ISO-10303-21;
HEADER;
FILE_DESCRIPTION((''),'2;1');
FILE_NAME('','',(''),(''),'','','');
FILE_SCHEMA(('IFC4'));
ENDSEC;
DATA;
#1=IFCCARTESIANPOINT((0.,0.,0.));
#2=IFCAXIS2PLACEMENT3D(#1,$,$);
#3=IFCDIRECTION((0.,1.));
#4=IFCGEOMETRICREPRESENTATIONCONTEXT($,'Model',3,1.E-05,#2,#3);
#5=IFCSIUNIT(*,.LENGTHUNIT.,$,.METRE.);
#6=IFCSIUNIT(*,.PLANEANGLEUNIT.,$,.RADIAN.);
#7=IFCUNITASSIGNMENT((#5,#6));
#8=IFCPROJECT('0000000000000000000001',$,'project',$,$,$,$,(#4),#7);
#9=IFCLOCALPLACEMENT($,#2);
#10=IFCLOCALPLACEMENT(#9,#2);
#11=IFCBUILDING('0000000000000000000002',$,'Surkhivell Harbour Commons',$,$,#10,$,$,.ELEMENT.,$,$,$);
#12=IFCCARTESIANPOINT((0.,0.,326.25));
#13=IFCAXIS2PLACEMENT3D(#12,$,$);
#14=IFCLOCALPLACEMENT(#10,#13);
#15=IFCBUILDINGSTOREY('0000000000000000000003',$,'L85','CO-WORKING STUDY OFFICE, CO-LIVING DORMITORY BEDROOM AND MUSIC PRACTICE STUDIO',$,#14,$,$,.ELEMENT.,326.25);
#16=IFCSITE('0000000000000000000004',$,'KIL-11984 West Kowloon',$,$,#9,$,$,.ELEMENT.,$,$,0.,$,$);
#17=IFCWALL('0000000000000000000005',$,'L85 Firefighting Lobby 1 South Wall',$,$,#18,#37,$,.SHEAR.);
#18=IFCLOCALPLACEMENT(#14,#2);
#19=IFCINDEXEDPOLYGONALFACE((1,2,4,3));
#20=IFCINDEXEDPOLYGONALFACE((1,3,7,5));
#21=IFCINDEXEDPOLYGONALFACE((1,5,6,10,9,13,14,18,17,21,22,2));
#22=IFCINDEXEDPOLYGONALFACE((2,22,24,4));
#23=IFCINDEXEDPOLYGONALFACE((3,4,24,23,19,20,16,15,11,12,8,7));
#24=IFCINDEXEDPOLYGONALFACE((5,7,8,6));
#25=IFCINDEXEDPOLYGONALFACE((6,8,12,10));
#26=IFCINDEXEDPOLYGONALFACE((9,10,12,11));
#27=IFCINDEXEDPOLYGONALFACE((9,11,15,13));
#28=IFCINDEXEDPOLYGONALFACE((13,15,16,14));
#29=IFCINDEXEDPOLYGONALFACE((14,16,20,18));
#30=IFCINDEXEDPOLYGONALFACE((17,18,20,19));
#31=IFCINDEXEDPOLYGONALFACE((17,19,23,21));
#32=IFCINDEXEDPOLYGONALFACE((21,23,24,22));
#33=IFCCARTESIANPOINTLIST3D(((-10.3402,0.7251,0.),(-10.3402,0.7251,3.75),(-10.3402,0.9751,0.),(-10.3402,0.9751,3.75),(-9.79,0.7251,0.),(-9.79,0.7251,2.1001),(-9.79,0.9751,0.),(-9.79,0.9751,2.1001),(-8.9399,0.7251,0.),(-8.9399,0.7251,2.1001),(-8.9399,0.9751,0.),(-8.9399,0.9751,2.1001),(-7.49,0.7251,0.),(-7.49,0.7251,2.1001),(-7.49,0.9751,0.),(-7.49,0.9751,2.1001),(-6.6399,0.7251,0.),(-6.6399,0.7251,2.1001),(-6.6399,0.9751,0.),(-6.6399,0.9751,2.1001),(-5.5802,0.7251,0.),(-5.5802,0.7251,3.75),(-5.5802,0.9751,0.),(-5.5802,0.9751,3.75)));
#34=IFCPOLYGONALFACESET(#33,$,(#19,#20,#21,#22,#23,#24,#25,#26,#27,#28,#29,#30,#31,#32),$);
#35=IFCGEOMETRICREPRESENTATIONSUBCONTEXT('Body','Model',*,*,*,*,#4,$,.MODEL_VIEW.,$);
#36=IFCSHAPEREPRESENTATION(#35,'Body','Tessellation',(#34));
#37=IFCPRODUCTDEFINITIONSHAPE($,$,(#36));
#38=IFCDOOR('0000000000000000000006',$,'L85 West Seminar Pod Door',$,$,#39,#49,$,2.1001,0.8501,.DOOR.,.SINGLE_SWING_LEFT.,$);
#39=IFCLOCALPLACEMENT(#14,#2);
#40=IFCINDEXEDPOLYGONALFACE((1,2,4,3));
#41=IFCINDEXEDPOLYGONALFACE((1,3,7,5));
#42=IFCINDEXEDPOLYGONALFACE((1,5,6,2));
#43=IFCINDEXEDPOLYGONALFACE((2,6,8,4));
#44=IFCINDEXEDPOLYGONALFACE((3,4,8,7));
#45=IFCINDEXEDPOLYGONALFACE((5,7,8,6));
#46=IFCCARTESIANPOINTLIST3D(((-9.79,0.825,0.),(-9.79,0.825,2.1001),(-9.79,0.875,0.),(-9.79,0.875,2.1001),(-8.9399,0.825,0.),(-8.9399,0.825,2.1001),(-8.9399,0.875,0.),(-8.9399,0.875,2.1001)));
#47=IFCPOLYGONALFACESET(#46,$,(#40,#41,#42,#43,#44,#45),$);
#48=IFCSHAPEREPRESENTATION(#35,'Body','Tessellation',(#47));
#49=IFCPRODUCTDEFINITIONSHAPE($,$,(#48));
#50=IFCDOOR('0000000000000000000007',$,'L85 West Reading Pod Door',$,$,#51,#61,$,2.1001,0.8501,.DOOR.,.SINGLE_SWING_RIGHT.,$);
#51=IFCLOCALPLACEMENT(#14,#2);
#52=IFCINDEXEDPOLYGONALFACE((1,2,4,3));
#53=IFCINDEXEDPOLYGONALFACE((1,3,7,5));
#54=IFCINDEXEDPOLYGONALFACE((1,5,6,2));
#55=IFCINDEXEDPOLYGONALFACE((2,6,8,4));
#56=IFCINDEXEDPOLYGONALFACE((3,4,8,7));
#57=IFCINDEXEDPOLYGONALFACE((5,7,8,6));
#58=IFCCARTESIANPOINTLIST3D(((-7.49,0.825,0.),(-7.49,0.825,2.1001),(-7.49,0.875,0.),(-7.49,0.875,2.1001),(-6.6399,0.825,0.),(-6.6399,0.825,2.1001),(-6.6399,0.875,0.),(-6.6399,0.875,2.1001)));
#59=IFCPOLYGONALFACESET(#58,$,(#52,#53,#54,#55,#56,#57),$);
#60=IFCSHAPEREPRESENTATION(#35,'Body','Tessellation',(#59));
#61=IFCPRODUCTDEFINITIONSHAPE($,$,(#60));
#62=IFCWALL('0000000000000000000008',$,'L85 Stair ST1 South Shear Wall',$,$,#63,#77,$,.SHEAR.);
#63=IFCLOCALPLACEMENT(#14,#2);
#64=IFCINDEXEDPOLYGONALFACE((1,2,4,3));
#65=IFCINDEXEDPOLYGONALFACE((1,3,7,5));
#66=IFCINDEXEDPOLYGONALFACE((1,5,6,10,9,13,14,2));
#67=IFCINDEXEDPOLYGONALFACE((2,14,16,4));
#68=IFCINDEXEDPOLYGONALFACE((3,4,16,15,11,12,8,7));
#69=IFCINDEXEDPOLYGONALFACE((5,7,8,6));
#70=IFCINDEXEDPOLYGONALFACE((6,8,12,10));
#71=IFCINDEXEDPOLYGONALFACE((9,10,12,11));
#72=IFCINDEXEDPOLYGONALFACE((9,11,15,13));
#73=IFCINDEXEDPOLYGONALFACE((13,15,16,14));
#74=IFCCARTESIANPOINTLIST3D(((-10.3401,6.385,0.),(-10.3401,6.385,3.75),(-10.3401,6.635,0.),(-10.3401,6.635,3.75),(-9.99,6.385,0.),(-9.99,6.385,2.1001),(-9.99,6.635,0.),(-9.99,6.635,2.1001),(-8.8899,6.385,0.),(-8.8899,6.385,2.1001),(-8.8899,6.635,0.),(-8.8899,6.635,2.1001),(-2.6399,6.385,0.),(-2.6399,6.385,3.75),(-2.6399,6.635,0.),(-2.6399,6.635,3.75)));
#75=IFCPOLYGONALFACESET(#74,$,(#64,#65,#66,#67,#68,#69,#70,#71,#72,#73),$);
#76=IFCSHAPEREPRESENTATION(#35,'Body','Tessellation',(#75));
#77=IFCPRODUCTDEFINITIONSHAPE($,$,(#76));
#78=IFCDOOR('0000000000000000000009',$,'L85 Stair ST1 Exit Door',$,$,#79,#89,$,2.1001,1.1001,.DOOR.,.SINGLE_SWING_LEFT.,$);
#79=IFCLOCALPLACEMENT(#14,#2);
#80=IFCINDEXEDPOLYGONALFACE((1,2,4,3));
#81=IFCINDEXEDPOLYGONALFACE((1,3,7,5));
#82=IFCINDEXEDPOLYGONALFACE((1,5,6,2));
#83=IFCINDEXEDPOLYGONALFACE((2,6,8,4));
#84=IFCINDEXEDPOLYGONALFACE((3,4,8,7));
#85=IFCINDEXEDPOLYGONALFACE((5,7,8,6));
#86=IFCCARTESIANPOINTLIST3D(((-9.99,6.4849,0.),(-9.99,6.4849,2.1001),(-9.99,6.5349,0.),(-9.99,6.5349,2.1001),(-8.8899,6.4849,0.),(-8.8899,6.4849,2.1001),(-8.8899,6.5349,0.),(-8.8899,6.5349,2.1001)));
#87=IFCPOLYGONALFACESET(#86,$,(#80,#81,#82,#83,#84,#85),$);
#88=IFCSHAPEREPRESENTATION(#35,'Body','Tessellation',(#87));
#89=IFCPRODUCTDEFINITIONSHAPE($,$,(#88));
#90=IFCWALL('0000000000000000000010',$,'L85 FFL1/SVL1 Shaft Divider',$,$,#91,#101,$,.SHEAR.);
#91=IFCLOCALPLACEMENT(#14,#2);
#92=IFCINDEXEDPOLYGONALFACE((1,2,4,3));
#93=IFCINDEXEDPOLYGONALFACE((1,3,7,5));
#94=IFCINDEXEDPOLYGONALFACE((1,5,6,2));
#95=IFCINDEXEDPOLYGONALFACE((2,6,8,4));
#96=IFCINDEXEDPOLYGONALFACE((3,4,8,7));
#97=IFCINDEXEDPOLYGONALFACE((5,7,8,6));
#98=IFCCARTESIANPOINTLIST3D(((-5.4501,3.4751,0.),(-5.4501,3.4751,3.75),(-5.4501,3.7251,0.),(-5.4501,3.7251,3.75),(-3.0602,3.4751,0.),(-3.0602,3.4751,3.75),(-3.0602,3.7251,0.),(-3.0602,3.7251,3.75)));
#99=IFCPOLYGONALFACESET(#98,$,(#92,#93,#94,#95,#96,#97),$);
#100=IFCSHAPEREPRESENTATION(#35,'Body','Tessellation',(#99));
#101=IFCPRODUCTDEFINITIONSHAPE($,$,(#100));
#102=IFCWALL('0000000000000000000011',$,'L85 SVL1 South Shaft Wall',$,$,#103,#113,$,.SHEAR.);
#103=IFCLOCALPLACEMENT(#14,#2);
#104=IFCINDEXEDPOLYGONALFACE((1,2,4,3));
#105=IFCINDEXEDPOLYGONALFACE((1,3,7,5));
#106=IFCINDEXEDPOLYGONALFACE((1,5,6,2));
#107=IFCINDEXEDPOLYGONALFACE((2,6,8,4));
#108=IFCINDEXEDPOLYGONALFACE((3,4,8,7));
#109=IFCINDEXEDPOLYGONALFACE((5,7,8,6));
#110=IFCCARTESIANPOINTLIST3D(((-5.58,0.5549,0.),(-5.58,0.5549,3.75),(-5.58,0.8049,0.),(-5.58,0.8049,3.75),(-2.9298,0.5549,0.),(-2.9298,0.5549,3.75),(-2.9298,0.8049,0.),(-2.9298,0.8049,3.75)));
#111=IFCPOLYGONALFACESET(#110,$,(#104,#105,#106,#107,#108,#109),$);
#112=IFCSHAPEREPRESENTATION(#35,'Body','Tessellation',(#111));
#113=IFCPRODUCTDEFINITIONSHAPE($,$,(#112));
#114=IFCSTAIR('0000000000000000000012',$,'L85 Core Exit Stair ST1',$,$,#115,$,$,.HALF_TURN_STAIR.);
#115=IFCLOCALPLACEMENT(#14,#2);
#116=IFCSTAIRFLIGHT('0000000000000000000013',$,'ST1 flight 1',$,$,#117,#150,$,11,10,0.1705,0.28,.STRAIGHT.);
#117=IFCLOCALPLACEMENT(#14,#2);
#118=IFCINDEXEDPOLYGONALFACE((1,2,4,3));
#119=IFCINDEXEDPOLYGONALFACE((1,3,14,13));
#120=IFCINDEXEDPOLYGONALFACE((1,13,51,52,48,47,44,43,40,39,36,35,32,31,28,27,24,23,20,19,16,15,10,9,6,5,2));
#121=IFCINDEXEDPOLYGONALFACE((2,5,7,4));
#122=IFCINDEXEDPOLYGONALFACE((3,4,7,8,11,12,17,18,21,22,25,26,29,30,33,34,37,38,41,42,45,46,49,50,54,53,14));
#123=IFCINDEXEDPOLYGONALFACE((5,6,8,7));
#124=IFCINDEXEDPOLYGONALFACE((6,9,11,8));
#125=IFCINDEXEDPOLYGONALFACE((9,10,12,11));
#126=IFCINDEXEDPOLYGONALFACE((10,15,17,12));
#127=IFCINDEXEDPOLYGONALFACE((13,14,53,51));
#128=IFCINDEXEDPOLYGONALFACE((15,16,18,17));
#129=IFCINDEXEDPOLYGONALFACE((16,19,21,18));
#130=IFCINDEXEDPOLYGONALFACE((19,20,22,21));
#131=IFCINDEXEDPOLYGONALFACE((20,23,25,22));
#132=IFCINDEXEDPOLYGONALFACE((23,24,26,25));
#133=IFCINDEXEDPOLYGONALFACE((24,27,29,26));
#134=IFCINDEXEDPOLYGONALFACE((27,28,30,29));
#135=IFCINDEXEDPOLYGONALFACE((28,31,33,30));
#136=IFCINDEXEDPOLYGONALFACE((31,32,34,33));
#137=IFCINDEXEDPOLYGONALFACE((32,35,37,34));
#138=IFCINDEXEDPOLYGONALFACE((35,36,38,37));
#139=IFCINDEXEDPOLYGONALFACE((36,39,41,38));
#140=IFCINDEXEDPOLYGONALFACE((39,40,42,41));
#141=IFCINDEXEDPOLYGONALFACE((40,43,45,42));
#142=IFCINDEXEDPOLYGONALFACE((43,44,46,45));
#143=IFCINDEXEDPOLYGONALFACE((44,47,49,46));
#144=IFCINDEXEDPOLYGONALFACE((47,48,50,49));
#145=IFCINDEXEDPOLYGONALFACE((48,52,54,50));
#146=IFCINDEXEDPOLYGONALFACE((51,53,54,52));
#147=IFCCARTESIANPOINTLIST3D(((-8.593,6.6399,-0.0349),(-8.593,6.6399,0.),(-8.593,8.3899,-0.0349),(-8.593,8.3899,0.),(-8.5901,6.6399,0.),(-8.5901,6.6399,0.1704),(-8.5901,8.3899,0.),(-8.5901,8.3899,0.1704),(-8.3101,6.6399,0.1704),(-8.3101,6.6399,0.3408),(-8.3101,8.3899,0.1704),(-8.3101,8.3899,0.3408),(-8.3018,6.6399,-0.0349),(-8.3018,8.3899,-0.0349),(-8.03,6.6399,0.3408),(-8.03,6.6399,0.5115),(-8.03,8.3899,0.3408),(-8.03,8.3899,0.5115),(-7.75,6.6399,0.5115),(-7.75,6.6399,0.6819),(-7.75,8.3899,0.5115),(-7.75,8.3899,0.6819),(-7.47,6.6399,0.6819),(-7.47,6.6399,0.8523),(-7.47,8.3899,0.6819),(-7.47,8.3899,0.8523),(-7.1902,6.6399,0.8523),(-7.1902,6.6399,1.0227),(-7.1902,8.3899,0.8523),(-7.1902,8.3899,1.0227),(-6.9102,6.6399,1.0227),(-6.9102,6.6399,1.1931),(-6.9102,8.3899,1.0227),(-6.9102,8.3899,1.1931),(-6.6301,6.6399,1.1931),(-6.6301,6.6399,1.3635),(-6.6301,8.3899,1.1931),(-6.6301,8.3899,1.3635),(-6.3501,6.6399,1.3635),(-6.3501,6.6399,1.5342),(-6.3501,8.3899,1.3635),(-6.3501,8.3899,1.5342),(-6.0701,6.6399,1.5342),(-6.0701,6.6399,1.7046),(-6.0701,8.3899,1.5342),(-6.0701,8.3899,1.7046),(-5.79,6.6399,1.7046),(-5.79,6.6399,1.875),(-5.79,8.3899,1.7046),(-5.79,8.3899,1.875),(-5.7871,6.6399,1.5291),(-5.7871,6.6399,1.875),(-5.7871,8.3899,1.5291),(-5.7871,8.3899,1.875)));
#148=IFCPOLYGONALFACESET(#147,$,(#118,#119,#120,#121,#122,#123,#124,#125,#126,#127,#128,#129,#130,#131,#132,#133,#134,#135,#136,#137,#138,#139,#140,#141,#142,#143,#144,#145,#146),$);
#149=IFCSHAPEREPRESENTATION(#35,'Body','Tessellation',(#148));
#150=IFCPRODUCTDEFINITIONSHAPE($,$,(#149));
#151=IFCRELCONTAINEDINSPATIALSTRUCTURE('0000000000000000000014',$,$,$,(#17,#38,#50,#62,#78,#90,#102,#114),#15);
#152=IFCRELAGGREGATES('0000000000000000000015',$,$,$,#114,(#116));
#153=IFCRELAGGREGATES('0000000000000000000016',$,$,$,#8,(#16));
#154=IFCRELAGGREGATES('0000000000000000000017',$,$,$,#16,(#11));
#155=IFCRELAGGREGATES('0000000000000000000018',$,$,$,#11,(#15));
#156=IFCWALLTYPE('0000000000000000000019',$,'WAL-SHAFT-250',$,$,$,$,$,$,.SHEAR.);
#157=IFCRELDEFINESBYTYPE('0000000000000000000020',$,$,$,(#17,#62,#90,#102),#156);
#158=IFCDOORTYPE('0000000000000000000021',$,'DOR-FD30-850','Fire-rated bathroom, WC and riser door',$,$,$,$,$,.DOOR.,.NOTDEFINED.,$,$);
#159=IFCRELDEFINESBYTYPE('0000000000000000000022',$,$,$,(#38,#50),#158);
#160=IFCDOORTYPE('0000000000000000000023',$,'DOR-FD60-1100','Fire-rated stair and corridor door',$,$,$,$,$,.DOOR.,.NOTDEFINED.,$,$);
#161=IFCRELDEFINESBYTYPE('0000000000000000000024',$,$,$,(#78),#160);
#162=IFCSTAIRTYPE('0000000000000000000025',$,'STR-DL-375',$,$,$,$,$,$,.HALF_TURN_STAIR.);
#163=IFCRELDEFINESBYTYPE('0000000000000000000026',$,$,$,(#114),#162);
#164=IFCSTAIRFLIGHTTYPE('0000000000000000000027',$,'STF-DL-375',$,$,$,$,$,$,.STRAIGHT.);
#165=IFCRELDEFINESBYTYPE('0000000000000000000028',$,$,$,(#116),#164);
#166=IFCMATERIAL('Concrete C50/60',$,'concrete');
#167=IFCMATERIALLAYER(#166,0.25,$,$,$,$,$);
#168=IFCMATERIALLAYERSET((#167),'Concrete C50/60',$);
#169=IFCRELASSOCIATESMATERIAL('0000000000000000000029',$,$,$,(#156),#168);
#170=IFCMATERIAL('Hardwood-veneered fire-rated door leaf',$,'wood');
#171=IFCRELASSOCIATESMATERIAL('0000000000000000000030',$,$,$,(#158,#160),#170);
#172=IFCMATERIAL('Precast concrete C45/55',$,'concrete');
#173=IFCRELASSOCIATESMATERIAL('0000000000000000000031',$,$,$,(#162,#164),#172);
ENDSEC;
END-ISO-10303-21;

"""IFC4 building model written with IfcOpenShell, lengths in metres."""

from ifc_helpers import new_model, si_unit, direction, frame, frame_2d, origin, place, context, subcontext, project, spatial, polyline, rectangle, outline, extrude, material, layer, layer_set, type_object, element, fill, aggregate, save


model = new_model("IFC4")

# Units and contexts
model_context = context("Model", 3, precision=1e-05, world=origin(), true_north=direction((0.0, 1.0)))
body_context = subcontext(model_context, "Body", "Model", "MODEL_VIEW")
ifc_project = project(units=[si_unit("LENGTHUNIT", "METRE"), si_unit("PLANEANGLEUNIT", "RADIAN")], contexts=[model_context])

# Site, building, storey
site_placement = place(None, origin())
site = spatial("IfcSite", under=ifc_project, at=site_placement, Name="KIL-11984 West Kowloon", CompositionType="ELEMENT", RefElevation=0.0)
building_placement = place(site_placement, origin())
building = spatial("IfcBuilding", under=site, at=building_placement, Name="Surkhivell Harbour Commons", CompositionType="ELEMENT")
storey_placement = place(building_placement, frame((0.0, 0.0, 326.25)))
storey = spatial("IfcBuildingStorey", under=building, at=storey_placement, Name="L85", Description="CO-WORKING STUDY OFFICE, CO-LIVING DORMITORY BEDROOM AND MUSIC PRACTICE STUDIO", CompositionType="ELEMENT", Elevation=326.25)

# Shared definitions
ifc_material_1 = material(Name="Concrete C50/60", Category="concrete")

# Shared definitions
ifc_material_2 = material(Name="Hardwood-veneered fire-rated door leaf", Category="wood")

# Shared definitions
ifc_layer_1 = layer(ifc_material_1, 0.25)
ifc_layer_set_1 = layer_set([ifc_layer_1], Name="Concrete C50/60")
wall_type_1 = type_object("IfcWallType", Name="WAL-SHAFT-250", PredefinedType="SHEAR", material=ifc_layer_set_1)

# Wall, openings, doors
wall_1_placement = place(storey_placement, frame((-10.3401, 0.8501, 0.0), z_axis=(0.0, 0.0, 1.0), x_axis=(1.0, 0.0, 0.0)))
wall_1 = element("IfcWall", 1, at=wall_1_placement, inside=storey, type_object=wall_type_1, Name="L85 Firefighting Lobby 1 South Wall", PredefinedType="SHEAR", context=body_context, shape_type="SweptSolid", body=[
    extrude(rectangle(XDim=4.76, YDim=0.25, at=frame_2d((2.3799, 0.0))), origin(), (0.0, 0.0, 1.0), 3.75),
])
opening_1_placement = place(wall_1_placement, frame((0.55, 0.0, 0.0)))
opening_1 = element("IfcOpeningElement", 2, at=opening_1_placement, cuts=wall_1, PredefinedType="OPENING", context=body_context, shape_type="SweptSolid", body=[
    extrude(rectangle(XDim=0.8501, YDim=2.1001, at=frame_2d((0.425, 1.05))), frame((0.0, 0.135, 0.0), z_axis=(0.0, -1.0, 0.0), x_axis=(1.0, 0.0, 0.0)), (0.0, 0.0, 1.0), 0.27),
])
opening_2_placement = place(wall_1_placement, frame((2.8501, 0.0, 0.0)))
opening_2 = element("IfcOpeningElement", 3, at=opening_2_placement, cuts=wall_1, PredefinedType="OPENING", context=body_context, shape_type="SweptSolid", body=[
    extrude(rectangle(XDim=0.8501, YDim=2.1001, at=frame_2d((0.425, 1.05))), frame((0.0, 0.135, 0.0), z_axis=(0.0, -1.0, 0.0), x_axis=(1.0, 0.0, 0.0)), (0.0, 0.0, 1.0), 0.27),
])
door_type_1 = type_object("IfcDoorType", Name="DOR-FD30-850", Description="Fire-rated bathroom, WC and riser door", OperationType="NOTDEFINED", PredefinedType="DOOR", material=ifc_material_2)
door_1_placement = place(opening_1_placement, origin())
door_1 = element("IfcDoor", 4, at=door_1_placement, inside=storey, type_object=door_type_1, Name="L85 West Seminar Pod Door", OperationType="SINGLE_SWING_LEFT", OverallHeight=2.1001, OverallWidth=0.8501, PredefinedType="DOOR", context=body_context, shape_type="SweptSolid", body=[
    extrude(rectangle(XDim=0.8501, YDim=2.1001, at=frame_2d((0.425, 1.05))), frame((0.0, 0.0249, 0.0), z_axis=(0.0, -1.0, 0.0), x_axis=(1.0, 0.0, 0.0)), (0.0, 0.0, 1.0), 0.05),
])
fill(opening_1, door_1)
door_2_placement = place(opening_2_placement, origin())
door_2 = element("IfcDoor", 5, at=door_2_placement, inside=storey, type_object=door_type_1, Name="L85 West Reading Pod Door", OperationType="SINGLE_SWING_RIGHT", OverallHeight=2.1001, OverallWidth=0.8501, PredefinedType="DOOR", context=body_context, shape_type="SweptSolid", body=[
    extrude(rectangle(XDim=0.8501, YDim=2.1001, at=frame_2d((0.425, 1.05))), frame((0.0, 0.0249, 0.0), z_axis=(0.0, -1.0, 0.0), x_axis=(1.0, 0.0, 0.0)), (0.0, 0.0, 1.0), 0.05),
])
fill(opening_2, door_2)

# Wall, opening, door
wall_2_placement = place(storey_placement, frame((-10.3401, 6.51, 0.0), z_axis=(0.0, 0.0, 1.0), x_axis=(1.0, 0.0, 0.0)))
wall_2 = element("IfcWall", 6, at=wall_2_placement, inside=storey, type_object=wall_type_1, Name="L85 Stair ST1 South Shear Wall", PredefinedType="SHEAR", context=body_context, shape_type="SweptSolid", body=[
    extrude(rectangle(XDim=7.7002, YDim=0.25, at=frame_2d((3.8501, 0.0))), origin(), (0.0, 0.0, 1.0), 3.75),
])
opening_3_placement = place(wall_2_placement, frame((0.3501, 0.0, 0.0)))
opening_3 = element("IfcOpeningElement", 7, at=opening_3_placement, cuts=wall_2, PredefinedType="OPENING", context=body_context, shape_type="SweptSolid", body=[
    extrude(rectangle(XDim=1.1001, YDim=2.1001, at=frame_2d((0.55, 1.05))), frame((0.0, 0.135, 0.0), z_axis=(0.0, -1.0, 0.0), x_axis=(1.0, 0.0, 0.0)), (0.0, 0.0, 1.0), 0.27),
])
door_type_2 = type_object("IfcDoorType", Name="DOR-FD60-1100", Description="Fire-rated stair and corridor door", OperationType="NOTDEFINED", PredefinedType="DOOR", material=ifc_material_2)
door_3_placement = place(opening_3_placement, origin())
door_3 = element("IfcDoor", 8, at=door_3_placement, inside=storey, type_object=door_type_2, Name="L85 Stair ST1 Exit Door", OperationType="SINGLE_SWING_LEFT", OverallHeight=2.1001, OverallWidth=1.1001, PredefinedType="DOOR", context=body_context, shape_type="SweptSolid", body=[
    extrude(rectangle(XDim=1.1001, YDim=2.1001, at=frame_2d((0.55, 1.05))), frame((0.0, 0.0249, 0.0), z_axis=(0.0, -1.0, 0.0), x_axis=(1.0, 0.0, 0.0)), (0.0, 0.0, 1.0), 0.05),
])
fill(opening_3, door_3)

# Walls
wall_3_placement = place(storey_placement, frame((-5.45, 3.6001, 0.0), z_axis=(0.0, 0.0, 1.0), x_axis=(1.0, 0.0, 0.0)))
element("IfcWall", 9, at=wall_3_placement, inside=storey, type_object=wall_type_1, Name="L85 FFL1/SVL1 Shaft Divider", PredefinedType="SHEAR", context=body_context, shape_type="SweptSolid", body=[
    extrude(rectangle(XDim=2.3899, YDim=0.25, at=frame_2d((1.1948, 0.0))), origin(), (0.0, 0.0, 1.0), 3.75),
])
wall_4_placement = place(storey_placement, frame((-5.5801, 0.6799, 0.0), z_axis=(0.0, 0.0, 1.0), x_axis=(1.0, 0.0, 0.0)))
element("IfcWall", 10, at=wall_4_placement, inside=storey, type_object=wall_type_1, Name="L85 SVL1 South Shaft Wall", PredefinedType="SHEAR", context=body_context, shape_type="SweptSolid", body=[
    extrude(rectangle(XDim=2.6501, YDim=0.25, at=frame_2d((1.3252, 0.0))), origin(), (0.0, 0.0, 1.0), 3.75),
])

# Stair, stair flight
ifc_material_3 = material(Name="Precast concrete C45/55", Category="concrete")
stair_type = type_object("IfcStairType", Name="STR-DL-375", PredefinedType="HALF_TURN_STAIR", material=ifc_material_3)
stair_placement = place(storey_placement, origin())
stair = element("IfcStair", 11, at=stair_placement, inside=storey, type_object=stair_type, Name="L85 Core Exit Stair ST1", PredefinedType="HALF_TURN_STAIR")
stair_flight_type = type_object("IfcStairFlightType", Name="STF-DL-375", PredefinedType="STRAIGHT", material=ifc_material_3)
stair_flight_1_placement = place(storey_placement, frame((-8.5901, 7.5149, 0.0), z_axis=(0.0, 0.0, 1.0), x_axis=(1.0, 0.0, 0.0)))
stair_flight_1 = element("IfcStairFlight", 12, at=stair_flight_1_placement, type_object=stair_flight_type, Name="ST1 flight 1", NumberOfRisers=11, NumberOfTreads=10, PredefinedType="STRAIGHT", RiserHeight=0.1705, TreadLength=0.28, context=body_context, shape_type="SweptSolid", body=[
    extrude(outline(polyline([(-0.0029, -0.0349), (-0.0029, 0.0), (0.0, 0.0), (0.0, 0.1704), (0.28, 0.1704), (0.28, 0.3408), (0.5601, 0.3408), (0.5601, 0.5115), (0.8401, 0.5115), (0.8401, 0.6819), (1.1201, 0.6819), (1.1201, 0.8523), (1.3999, 0.8523), (1.3999, 1.0227), (1.6799, 1.0227), (1.6799, 1.1931), (1.96, 1.1931), (1.96, 1.3635), (2.24, 1.3635), (2.24, 1.5342), (2.52, 1.5342), (2.52, 1.7046), (2.8, 1.7046), (2.8, 1.875), (2.803, 1.875), (2.803, 1.5291), (0.2883, -0.0349), (-0.0029, -0.0349)])), frame((0.0, 0.875, 0.0), z_axis=(0.0, -1.0, 0.0), x_axis=(1.0, 0.0, 0.0)), (0.0, 0.0, 1.0), 1.75),
])
aggregate(stair, [stair_flight_1])

save(model, "model.ifc")
